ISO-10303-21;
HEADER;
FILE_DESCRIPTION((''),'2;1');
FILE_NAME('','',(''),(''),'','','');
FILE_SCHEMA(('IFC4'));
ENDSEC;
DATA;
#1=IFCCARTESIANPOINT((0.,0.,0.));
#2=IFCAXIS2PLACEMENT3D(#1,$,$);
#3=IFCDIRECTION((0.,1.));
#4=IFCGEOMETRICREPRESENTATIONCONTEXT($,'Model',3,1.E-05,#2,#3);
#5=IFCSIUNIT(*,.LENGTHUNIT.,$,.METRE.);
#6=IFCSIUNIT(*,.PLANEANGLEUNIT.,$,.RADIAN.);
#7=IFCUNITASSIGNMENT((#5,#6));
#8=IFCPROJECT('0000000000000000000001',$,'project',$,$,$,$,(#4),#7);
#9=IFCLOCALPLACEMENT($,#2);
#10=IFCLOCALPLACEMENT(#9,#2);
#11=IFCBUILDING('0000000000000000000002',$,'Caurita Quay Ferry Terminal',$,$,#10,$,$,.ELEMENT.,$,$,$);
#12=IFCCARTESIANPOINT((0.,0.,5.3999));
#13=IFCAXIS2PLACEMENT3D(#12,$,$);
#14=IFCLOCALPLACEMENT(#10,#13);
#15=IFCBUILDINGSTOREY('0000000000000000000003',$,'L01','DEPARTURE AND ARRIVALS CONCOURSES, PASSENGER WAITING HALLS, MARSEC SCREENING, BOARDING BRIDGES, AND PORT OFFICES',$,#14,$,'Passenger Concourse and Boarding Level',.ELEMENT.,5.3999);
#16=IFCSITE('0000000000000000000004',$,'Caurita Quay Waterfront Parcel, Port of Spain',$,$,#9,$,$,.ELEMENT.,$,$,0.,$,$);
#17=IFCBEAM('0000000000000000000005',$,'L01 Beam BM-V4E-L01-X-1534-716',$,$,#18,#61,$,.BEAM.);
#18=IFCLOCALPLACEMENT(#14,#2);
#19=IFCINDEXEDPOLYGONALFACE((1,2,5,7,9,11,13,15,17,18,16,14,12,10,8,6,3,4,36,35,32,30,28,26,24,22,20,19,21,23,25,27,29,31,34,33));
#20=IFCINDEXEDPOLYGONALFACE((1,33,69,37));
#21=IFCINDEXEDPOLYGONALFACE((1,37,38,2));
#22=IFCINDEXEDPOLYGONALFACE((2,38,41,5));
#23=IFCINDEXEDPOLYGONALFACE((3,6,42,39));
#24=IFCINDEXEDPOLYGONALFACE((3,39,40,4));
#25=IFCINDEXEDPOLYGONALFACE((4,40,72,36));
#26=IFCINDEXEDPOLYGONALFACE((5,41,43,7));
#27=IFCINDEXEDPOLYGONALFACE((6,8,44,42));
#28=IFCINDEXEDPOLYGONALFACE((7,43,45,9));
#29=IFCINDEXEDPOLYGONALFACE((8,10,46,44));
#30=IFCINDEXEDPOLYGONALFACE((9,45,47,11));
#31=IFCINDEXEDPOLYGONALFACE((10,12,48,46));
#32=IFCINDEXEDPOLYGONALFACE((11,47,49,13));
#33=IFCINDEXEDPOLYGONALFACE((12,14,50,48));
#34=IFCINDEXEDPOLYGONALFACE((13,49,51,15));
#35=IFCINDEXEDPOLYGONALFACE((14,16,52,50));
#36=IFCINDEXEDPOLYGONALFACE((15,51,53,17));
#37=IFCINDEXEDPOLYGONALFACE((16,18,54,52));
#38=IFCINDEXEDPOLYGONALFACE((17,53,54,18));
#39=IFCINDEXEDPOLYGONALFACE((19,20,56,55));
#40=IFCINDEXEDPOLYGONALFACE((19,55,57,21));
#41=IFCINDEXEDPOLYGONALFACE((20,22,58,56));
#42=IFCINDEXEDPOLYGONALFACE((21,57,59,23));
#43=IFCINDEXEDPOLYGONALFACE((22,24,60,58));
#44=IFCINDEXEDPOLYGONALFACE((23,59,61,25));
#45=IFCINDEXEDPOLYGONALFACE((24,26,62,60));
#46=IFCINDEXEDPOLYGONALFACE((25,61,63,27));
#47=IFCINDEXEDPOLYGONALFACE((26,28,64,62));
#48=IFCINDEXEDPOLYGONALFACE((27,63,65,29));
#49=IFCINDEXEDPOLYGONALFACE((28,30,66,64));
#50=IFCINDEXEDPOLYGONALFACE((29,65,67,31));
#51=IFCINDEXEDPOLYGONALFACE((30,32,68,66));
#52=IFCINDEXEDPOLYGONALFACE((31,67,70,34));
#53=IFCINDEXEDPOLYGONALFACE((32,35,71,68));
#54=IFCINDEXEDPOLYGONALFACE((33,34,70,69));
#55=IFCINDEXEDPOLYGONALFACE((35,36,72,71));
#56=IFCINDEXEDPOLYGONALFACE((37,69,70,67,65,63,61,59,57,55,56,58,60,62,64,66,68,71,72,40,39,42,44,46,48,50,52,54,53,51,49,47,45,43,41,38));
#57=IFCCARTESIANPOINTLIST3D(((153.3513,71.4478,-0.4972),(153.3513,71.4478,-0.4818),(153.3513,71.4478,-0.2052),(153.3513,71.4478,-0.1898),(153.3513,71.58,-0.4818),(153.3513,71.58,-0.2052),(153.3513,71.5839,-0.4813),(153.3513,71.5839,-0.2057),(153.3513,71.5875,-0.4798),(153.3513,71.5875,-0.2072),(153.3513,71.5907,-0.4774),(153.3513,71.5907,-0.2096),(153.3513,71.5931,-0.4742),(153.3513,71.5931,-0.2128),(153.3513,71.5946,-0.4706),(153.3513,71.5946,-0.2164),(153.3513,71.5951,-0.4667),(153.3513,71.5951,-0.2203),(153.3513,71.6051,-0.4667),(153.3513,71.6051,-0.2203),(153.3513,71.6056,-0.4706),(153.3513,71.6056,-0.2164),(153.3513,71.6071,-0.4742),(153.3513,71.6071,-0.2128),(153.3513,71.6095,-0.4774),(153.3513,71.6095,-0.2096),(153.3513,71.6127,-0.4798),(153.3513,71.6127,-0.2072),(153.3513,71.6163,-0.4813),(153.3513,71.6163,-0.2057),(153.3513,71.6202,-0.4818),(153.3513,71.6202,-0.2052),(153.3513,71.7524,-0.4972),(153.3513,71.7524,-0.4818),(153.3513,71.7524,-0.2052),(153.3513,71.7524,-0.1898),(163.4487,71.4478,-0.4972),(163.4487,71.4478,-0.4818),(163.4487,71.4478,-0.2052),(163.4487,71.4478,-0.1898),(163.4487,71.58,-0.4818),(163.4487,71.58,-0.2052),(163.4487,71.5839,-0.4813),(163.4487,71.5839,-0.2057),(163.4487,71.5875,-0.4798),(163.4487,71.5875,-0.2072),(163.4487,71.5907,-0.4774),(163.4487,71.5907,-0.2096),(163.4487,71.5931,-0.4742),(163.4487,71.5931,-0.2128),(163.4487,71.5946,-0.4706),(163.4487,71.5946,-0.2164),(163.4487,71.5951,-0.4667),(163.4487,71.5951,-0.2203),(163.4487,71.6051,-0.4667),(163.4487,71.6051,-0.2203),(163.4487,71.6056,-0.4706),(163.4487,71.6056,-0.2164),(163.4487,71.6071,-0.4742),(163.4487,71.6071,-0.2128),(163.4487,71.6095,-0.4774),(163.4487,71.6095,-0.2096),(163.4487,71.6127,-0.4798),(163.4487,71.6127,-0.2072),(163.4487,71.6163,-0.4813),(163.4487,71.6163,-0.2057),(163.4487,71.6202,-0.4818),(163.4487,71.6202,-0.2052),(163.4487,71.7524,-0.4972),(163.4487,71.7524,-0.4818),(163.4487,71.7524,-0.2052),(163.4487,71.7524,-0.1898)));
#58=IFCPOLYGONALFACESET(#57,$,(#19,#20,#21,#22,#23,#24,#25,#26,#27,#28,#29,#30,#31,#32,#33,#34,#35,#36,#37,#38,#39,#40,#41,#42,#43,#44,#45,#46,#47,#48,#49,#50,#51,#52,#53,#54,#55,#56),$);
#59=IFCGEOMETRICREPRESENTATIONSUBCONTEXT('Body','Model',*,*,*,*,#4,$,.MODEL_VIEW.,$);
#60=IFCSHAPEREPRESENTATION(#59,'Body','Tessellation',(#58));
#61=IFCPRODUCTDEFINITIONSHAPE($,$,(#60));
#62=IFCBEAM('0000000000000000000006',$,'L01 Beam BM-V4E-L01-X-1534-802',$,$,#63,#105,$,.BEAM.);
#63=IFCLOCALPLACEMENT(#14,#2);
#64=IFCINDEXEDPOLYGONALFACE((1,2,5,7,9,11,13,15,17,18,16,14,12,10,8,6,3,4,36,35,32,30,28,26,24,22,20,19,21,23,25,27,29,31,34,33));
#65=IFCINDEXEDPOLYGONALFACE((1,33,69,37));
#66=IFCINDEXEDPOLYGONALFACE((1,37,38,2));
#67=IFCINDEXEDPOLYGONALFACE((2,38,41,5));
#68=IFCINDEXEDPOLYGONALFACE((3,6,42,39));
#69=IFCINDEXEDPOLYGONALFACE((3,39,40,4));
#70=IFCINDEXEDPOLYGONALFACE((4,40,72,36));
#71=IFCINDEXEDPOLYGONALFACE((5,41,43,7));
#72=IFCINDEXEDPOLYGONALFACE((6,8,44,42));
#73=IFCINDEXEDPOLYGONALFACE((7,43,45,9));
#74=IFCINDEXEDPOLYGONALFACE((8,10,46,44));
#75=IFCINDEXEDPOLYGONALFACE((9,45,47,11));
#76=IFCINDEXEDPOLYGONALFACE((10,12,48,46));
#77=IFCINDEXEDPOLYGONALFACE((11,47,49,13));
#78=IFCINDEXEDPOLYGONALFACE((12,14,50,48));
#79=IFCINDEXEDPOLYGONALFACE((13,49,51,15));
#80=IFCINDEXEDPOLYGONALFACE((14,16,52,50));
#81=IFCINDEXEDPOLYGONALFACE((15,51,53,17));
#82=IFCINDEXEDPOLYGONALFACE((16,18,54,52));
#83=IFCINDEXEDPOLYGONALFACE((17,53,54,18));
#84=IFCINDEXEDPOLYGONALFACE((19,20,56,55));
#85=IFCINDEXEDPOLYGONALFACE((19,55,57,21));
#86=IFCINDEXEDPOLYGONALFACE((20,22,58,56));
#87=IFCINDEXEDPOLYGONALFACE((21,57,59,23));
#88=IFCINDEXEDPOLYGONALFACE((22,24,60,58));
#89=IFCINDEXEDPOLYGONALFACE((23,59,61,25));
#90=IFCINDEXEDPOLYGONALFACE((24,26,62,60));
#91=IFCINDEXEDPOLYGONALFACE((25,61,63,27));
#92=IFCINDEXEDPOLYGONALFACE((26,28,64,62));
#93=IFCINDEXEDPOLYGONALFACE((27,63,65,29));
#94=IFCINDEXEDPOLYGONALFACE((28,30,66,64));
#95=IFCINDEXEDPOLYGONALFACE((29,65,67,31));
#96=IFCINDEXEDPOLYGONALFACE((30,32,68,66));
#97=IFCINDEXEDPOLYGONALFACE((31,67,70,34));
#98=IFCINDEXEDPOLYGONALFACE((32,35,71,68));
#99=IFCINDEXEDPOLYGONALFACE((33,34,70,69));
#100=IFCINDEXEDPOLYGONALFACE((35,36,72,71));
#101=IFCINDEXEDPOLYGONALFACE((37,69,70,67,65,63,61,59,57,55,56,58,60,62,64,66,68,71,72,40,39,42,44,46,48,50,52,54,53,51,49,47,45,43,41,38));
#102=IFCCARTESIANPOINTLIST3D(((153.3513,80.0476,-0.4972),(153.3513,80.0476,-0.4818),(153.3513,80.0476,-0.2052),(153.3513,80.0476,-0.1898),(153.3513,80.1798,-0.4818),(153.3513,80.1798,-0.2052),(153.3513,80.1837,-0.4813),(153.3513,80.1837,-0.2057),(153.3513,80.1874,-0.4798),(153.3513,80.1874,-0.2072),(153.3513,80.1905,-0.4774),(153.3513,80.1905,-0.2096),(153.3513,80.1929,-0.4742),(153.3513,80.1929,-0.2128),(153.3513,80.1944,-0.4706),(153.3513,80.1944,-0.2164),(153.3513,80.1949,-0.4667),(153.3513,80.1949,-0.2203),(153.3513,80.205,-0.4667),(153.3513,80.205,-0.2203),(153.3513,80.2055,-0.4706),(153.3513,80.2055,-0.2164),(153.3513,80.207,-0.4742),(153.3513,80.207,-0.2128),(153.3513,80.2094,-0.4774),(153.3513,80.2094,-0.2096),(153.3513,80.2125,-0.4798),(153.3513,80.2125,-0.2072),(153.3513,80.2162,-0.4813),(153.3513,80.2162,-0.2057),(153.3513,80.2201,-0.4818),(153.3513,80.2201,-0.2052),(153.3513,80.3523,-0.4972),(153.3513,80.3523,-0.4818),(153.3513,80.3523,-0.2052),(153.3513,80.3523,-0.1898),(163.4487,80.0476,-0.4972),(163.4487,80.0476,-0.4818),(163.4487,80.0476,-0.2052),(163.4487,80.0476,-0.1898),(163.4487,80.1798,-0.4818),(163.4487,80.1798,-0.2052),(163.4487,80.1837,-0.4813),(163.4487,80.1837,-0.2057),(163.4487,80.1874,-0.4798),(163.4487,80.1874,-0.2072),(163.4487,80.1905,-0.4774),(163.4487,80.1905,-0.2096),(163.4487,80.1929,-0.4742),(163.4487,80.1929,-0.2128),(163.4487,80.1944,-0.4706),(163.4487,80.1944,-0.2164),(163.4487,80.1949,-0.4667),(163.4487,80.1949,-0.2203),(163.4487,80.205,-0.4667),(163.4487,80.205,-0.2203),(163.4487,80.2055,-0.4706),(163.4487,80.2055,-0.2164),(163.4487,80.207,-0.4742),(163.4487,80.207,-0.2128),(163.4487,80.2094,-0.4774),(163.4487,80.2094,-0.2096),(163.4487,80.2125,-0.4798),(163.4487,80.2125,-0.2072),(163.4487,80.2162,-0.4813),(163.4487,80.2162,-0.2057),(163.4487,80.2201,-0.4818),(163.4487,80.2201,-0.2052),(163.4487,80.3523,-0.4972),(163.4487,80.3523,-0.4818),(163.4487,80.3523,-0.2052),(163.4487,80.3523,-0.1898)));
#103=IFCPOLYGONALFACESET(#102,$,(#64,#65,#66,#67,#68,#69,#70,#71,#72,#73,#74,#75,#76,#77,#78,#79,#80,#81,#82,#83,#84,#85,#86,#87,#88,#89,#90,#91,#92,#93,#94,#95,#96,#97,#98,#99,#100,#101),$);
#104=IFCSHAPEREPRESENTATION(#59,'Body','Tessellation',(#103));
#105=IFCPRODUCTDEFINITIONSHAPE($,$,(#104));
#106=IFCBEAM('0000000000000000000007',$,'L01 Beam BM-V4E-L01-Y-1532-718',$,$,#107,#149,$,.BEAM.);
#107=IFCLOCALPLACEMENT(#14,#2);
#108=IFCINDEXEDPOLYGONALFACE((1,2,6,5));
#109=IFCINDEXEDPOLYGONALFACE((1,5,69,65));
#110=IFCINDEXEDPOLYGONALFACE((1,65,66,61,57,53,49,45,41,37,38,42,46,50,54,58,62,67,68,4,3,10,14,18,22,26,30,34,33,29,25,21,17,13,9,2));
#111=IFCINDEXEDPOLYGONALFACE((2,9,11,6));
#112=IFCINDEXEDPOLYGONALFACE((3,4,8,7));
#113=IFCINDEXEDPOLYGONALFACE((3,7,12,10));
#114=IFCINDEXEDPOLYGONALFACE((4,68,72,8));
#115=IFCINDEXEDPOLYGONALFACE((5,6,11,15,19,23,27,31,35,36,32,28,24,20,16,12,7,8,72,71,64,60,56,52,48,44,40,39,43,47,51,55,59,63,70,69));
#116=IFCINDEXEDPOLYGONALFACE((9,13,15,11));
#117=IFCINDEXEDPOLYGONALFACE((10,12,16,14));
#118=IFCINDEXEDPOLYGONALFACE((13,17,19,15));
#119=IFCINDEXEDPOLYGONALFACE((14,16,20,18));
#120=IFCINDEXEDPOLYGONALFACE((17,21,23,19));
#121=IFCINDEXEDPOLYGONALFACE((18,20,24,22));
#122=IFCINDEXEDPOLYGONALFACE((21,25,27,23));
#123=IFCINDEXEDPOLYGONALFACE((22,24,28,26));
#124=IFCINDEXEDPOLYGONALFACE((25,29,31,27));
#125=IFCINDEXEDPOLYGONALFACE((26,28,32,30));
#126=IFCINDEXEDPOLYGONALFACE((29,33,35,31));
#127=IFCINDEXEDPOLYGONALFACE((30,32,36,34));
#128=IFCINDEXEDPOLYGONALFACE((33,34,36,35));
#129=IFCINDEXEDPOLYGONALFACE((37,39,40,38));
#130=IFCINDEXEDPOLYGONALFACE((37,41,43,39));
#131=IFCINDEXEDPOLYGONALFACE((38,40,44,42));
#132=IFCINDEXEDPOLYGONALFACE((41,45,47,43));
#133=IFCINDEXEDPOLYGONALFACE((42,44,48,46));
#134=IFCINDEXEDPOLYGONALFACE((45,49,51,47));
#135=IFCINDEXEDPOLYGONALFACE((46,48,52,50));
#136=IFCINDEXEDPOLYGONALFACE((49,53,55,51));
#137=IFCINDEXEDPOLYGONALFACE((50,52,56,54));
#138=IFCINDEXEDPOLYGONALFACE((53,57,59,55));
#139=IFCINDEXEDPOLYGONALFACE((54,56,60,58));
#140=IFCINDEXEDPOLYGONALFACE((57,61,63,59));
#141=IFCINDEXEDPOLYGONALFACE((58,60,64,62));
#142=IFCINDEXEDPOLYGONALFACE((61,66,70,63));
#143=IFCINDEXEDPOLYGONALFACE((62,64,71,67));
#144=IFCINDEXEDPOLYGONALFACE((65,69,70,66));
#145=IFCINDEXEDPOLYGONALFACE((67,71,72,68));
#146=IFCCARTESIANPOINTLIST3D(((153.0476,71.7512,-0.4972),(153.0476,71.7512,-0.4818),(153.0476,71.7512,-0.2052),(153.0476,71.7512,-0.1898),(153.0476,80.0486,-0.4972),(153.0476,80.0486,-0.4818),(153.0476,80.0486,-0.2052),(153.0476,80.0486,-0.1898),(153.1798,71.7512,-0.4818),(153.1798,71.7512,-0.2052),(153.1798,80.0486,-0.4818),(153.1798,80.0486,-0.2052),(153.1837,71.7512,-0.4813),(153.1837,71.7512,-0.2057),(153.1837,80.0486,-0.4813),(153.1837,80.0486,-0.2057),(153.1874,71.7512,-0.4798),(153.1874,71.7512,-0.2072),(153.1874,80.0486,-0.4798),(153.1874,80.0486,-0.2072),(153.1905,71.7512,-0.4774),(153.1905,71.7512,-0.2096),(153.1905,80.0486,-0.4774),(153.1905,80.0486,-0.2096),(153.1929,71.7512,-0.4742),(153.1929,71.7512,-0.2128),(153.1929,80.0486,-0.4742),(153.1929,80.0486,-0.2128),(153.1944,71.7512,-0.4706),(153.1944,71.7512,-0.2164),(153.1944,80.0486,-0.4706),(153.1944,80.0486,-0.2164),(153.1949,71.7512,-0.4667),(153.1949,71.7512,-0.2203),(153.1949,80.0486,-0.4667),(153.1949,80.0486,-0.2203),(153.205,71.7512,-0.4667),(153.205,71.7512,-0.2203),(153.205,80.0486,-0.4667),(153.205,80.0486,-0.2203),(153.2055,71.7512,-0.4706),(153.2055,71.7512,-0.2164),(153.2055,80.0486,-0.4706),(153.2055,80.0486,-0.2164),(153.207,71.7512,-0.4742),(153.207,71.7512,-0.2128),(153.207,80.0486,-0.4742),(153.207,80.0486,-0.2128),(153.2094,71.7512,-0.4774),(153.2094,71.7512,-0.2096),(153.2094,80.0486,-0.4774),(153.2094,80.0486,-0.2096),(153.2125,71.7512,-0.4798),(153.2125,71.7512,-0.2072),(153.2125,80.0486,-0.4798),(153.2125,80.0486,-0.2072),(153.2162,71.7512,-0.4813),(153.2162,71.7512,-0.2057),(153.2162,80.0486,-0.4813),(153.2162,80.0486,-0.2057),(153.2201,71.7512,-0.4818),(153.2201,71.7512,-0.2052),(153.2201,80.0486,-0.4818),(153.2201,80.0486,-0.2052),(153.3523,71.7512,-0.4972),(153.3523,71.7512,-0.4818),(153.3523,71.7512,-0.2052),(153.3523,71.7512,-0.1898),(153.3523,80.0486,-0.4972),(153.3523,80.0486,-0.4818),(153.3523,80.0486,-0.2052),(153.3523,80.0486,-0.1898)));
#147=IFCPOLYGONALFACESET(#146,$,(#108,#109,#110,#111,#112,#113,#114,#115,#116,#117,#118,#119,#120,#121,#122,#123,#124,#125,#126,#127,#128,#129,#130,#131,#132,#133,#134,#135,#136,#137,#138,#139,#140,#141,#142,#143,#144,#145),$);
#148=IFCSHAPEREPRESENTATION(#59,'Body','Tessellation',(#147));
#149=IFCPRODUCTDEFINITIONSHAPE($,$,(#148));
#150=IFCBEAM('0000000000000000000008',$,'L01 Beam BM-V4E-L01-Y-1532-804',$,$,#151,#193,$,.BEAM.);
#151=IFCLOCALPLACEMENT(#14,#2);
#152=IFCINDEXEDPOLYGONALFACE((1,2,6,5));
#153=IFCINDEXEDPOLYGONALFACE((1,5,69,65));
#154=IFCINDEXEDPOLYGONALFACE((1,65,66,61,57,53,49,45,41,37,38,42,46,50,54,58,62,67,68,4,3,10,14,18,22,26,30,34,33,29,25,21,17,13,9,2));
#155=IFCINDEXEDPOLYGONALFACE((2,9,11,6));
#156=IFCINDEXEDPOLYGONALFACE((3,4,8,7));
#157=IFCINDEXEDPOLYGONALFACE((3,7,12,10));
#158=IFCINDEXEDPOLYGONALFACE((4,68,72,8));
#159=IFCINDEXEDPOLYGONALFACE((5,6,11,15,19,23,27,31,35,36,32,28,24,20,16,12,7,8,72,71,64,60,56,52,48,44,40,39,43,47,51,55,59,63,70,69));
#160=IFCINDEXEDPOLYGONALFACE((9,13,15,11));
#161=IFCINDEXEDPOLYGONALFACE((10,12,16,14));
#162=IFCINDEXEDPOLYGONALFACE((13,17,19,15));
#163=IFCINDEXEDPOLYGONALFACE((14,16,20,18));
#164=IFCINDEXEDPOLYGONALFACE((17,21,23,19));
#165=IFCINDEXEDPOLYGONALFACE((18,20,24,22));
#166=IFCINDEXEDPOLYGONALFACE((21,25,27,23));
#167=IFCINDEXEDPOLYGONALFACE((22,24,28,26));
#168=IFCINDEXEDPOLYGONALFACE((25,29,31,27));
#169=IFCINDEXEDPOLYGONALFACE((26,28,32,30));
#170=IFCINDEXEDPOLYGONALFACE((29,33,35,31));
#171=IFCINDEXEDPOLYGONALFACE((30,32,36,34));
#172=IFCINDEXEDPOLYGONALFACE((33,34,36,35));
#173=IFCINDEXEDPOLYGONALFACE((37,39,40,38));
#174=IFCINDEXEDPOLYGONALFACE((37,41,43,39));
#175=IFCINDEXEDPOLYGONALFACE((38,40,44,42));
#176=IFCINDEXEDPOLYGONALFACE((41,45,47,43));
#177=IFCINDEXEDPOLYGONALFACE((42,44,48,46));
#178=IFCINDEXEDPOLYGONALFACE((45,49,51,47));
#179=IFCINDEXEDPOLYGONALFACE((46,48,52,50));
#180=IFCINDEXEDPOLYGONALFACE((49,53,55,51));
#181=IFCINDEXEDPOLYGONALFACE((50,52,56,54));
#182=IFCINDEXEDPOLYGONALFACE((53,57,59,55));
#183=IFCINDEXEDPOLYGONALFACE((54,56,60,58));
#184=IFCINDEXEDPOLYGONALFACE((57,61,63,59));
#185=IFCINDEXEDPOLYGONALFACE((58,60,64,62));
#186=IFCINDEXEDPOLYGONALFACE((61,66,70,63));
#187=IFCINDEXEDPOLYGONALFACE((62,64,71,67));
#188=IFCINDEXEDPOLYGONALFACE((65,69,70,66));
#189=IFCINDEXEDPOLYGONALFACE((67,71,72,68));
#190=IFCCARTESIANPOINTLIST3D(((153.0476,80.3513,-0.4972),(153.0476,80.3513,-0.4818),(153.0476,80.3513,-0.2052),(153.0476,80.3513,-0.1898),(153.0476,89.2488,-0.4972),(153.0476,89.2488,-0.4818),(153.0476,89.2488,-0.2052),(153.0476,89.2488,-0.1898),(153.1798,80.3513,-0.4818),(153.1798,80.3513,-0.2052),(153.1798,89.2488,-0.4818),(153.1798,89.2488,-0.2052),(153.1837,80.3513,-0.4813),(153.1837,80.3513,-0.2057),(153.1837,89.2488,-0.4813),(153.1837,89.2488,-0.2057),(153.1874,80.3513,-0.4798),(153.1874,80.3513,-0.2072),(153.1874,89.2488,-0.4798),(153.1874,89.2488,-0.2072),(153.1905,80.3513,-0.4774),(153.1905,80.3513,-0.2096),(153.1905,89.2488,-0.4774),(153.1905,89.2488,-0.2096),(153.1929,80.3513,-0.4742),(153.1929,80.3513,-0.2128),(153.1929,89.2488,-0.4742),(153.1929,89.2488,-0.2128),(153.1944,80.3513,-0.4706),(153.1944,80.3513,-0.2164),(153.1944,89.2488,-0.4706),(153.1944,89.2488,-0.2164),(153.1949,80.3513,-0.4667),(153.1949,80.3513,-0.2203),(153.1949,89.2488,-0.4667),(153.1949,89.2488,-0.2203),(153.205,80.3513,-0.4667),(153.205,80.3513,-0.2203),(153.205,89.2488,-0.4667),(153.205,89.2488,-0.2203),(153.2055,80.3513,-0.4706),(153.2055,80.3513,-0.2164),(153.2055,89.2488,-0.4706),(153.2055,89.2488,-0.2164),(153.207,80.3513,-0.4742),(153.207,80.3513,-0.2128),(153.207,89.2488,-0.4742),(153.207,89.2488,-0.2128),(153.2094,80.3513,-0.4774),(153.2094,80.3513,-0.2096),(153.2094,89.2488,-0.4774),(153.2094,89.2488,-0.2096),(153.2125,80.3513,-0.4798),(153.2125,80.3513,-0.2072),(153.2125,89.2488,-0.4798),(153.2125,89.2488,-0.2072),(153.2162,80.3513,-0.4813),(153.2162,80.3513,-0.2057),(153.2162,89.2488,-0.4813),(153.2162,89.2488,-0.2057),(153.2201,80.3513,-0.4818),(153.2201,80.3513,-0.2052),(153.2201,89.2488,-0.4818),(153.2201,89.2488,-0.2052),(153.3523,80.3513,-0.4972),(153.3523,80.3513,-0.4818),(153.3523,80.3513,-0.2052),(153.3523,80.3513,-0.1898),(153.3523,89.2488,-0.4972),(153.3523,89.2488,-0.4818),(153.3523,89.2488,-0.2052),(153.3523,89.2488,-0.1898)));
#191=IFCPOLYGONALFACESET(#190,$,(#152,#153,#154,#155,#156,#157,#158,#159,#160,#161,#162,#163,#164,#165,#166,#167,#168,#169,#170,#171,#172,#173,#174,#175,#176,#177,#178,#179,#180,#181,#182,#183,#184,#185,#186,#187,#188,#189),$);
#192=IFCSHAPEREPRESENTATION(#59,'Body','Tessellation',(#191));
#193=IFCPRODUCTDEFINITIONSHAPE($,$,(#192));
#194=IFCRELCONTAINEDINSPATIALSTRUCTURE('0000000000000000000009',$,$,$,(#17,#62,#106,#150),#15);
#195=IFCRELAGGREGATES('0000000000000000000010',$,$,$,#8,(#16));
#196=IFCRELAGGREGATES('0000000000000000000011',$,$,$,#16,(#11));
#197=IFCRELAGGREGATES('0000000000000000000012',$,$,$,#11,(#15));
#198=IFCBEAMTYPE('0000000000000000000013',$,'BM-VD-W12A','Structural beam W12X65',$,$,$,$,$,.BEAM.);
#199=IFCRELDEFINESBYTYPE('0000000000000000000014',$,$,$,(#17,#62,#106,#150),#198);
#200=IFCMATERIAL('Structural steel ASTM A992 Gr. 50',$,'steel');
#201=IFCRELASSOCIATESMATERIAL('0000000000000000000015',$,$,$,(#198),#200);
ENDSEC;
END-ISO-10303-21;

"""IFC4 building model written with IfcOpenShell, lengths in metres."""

from ifc_helpers import new_model, si_unit, direction, frame, origin, origin_2d, place, context, subcontext, project, spatial, i_section, extrude, material, material_profile, profile_set, type_object, element, save


model = new_model("IFC4")

# Units and contexts
model_context = context("Model", 3, precision=1e-05, world=origin(), true_north=direction((0.0, 1.0)))
body_context = subcontext(model_context, "Body", "Model", "MODEL_VIEW")
ifc_project = project(units=[si_unit("LENGTHUNIT", "METRE"), si_unit("PLANEANGLEUNIT", "RADIAN")], contexts=[model_context])

# Site, building, storey
site_placement = place(None, origin())
site = spatial("IfcSite", under=ifc_project, at=site_placement, Name="Caurita Quay Waterfront Parcel, Port of Spain", CompositionType="ELEMENT", RefElevation=0.0)
building_placement = place(site_placement, origin())
building = spatial("IfcBuilding", under=site, at=building_placement, Name="Caurita Quay Ferry Terminal", CompositionType="ELEMENT")
storey_placement = place(building_placement, frame((0.0, 0.0, 5.3999)))
storey = spatial("IfcBuildingStorey", under=building, at=storey_placement, Name="L01", Description="DEPARTURE AND ARRIVALS CONCOURSES, PASSENGER WAITING HALLS, MARSEC SCREENING, BOARDING BRIDGES, AND PORT OFFICES", LongName="Passenger Concourse and Boarding Level", CompositionType="ELEMENT", Elevation=5.3999)

# Shared definitions
ifc_material_1 = material(Name="Structural steel ASTM A992 Gr. 50", Category="steel")

# Beams
ifc_material_profile_1 = material_profile(ifc_material_1, i_section(OverallWidth=0.3047, OverallDepth=0.3074, WebThickness=0.01, FlangeThickness=0.0154, FilletRadius=0.0151, at=origin_2d()), Name="W12X65")
ifc_profile_set_1 = profile_set([ifc_material_profile_1], Name="Structural steel ASTM A992 Gr. 50")
beam_type_1 = type_object("IfcBeamType", Name="BM-VD-W12A", Description="Structural beam W12X65", PredefinedType="BEAM", material=ifc_profile_set_1)
for number, where, z_axis, x_axis, name in (
    (1, (153.3513, 71.6001, -0.3435), (1.0, 0.0, 0.0), (0.0, 1.0, 0.0), "L01 Beam BM-V4E-L01-X-1534-716"),
    (2, (153.3513, 80.2, -0.3435), (1.0, 0.0, 0.0), (0.0, 1.0, 0.0), "L01 Beam BM-V4E-L01-X-1534-802"),
):
    element("IfcBeam", number, at=place(storey_placement, frame(where, z_axis=z_axis, x_axis=x_axis)), inside=storey, type_object=beam_type_1, Name=name, PredefinedType="BEAM", context=body_context, shape_type="SweptSolid", body=[
        extrude(i_section(OverallWidth=0.3047, OverallDepth=0.3074, WebThickness=0.01, FlangeThickness=0.0154, FilletRadius=0.0151, at=origin_2d()), origin(), (0.0, 0.0, 1.0), 10.0974),
    ])
beam_1_placement = place(storey_placement, frame((153.2, 71.7512, -0.3435), z_axis=(0.0, 1.0, 0.0), x_axis=(-1.0, 0.0, 0.0)))
element("IfcBeam", 3, at=beam_1_placement, inside=storey, type_object=beam_type_1, Name="L01 Beam BM-V4E-L01-Y-1532-718", PredefinedType="BEAM", context=body_context, shape_type="SweptSolid", body=[
    extrude(i_section(OverallWidth=0.3047, OverallDepth=0.3074, WebThickness=0.01, FlangeThickness=0.0154, FilletRadius=0.0151, at=origin_2d()), origin(), (0.0, 0.0, 1.0), 8.2974),
])
beam_2_placement = place(storey_placement, frame((153.2, 80.3513, -0.3435), z_axis=(0.0, 1.0, 0.0), x_axis=(-1.0, 0.0, 0.0)))
element("IfcBeam", 4, at=beam_2_placement, inside=storey, type_object=beam_type_1, Name="L01 Beam BM-V4E-L01-Y-1532-804", PredefinedType="BEAM", context=body_context, shape_type="SweptSolid", body=[
    extrude(i_section(OverallWidth=0.3047, OverallDepth=0.3074, WebThickness=0.01, FlangeThickness=0.0154, FilletRadius=0.0151, at=origin_2d()), origin(), (0.0, 0.0, 1.0), 8.8975),
])

save(model, "model.ifc")
